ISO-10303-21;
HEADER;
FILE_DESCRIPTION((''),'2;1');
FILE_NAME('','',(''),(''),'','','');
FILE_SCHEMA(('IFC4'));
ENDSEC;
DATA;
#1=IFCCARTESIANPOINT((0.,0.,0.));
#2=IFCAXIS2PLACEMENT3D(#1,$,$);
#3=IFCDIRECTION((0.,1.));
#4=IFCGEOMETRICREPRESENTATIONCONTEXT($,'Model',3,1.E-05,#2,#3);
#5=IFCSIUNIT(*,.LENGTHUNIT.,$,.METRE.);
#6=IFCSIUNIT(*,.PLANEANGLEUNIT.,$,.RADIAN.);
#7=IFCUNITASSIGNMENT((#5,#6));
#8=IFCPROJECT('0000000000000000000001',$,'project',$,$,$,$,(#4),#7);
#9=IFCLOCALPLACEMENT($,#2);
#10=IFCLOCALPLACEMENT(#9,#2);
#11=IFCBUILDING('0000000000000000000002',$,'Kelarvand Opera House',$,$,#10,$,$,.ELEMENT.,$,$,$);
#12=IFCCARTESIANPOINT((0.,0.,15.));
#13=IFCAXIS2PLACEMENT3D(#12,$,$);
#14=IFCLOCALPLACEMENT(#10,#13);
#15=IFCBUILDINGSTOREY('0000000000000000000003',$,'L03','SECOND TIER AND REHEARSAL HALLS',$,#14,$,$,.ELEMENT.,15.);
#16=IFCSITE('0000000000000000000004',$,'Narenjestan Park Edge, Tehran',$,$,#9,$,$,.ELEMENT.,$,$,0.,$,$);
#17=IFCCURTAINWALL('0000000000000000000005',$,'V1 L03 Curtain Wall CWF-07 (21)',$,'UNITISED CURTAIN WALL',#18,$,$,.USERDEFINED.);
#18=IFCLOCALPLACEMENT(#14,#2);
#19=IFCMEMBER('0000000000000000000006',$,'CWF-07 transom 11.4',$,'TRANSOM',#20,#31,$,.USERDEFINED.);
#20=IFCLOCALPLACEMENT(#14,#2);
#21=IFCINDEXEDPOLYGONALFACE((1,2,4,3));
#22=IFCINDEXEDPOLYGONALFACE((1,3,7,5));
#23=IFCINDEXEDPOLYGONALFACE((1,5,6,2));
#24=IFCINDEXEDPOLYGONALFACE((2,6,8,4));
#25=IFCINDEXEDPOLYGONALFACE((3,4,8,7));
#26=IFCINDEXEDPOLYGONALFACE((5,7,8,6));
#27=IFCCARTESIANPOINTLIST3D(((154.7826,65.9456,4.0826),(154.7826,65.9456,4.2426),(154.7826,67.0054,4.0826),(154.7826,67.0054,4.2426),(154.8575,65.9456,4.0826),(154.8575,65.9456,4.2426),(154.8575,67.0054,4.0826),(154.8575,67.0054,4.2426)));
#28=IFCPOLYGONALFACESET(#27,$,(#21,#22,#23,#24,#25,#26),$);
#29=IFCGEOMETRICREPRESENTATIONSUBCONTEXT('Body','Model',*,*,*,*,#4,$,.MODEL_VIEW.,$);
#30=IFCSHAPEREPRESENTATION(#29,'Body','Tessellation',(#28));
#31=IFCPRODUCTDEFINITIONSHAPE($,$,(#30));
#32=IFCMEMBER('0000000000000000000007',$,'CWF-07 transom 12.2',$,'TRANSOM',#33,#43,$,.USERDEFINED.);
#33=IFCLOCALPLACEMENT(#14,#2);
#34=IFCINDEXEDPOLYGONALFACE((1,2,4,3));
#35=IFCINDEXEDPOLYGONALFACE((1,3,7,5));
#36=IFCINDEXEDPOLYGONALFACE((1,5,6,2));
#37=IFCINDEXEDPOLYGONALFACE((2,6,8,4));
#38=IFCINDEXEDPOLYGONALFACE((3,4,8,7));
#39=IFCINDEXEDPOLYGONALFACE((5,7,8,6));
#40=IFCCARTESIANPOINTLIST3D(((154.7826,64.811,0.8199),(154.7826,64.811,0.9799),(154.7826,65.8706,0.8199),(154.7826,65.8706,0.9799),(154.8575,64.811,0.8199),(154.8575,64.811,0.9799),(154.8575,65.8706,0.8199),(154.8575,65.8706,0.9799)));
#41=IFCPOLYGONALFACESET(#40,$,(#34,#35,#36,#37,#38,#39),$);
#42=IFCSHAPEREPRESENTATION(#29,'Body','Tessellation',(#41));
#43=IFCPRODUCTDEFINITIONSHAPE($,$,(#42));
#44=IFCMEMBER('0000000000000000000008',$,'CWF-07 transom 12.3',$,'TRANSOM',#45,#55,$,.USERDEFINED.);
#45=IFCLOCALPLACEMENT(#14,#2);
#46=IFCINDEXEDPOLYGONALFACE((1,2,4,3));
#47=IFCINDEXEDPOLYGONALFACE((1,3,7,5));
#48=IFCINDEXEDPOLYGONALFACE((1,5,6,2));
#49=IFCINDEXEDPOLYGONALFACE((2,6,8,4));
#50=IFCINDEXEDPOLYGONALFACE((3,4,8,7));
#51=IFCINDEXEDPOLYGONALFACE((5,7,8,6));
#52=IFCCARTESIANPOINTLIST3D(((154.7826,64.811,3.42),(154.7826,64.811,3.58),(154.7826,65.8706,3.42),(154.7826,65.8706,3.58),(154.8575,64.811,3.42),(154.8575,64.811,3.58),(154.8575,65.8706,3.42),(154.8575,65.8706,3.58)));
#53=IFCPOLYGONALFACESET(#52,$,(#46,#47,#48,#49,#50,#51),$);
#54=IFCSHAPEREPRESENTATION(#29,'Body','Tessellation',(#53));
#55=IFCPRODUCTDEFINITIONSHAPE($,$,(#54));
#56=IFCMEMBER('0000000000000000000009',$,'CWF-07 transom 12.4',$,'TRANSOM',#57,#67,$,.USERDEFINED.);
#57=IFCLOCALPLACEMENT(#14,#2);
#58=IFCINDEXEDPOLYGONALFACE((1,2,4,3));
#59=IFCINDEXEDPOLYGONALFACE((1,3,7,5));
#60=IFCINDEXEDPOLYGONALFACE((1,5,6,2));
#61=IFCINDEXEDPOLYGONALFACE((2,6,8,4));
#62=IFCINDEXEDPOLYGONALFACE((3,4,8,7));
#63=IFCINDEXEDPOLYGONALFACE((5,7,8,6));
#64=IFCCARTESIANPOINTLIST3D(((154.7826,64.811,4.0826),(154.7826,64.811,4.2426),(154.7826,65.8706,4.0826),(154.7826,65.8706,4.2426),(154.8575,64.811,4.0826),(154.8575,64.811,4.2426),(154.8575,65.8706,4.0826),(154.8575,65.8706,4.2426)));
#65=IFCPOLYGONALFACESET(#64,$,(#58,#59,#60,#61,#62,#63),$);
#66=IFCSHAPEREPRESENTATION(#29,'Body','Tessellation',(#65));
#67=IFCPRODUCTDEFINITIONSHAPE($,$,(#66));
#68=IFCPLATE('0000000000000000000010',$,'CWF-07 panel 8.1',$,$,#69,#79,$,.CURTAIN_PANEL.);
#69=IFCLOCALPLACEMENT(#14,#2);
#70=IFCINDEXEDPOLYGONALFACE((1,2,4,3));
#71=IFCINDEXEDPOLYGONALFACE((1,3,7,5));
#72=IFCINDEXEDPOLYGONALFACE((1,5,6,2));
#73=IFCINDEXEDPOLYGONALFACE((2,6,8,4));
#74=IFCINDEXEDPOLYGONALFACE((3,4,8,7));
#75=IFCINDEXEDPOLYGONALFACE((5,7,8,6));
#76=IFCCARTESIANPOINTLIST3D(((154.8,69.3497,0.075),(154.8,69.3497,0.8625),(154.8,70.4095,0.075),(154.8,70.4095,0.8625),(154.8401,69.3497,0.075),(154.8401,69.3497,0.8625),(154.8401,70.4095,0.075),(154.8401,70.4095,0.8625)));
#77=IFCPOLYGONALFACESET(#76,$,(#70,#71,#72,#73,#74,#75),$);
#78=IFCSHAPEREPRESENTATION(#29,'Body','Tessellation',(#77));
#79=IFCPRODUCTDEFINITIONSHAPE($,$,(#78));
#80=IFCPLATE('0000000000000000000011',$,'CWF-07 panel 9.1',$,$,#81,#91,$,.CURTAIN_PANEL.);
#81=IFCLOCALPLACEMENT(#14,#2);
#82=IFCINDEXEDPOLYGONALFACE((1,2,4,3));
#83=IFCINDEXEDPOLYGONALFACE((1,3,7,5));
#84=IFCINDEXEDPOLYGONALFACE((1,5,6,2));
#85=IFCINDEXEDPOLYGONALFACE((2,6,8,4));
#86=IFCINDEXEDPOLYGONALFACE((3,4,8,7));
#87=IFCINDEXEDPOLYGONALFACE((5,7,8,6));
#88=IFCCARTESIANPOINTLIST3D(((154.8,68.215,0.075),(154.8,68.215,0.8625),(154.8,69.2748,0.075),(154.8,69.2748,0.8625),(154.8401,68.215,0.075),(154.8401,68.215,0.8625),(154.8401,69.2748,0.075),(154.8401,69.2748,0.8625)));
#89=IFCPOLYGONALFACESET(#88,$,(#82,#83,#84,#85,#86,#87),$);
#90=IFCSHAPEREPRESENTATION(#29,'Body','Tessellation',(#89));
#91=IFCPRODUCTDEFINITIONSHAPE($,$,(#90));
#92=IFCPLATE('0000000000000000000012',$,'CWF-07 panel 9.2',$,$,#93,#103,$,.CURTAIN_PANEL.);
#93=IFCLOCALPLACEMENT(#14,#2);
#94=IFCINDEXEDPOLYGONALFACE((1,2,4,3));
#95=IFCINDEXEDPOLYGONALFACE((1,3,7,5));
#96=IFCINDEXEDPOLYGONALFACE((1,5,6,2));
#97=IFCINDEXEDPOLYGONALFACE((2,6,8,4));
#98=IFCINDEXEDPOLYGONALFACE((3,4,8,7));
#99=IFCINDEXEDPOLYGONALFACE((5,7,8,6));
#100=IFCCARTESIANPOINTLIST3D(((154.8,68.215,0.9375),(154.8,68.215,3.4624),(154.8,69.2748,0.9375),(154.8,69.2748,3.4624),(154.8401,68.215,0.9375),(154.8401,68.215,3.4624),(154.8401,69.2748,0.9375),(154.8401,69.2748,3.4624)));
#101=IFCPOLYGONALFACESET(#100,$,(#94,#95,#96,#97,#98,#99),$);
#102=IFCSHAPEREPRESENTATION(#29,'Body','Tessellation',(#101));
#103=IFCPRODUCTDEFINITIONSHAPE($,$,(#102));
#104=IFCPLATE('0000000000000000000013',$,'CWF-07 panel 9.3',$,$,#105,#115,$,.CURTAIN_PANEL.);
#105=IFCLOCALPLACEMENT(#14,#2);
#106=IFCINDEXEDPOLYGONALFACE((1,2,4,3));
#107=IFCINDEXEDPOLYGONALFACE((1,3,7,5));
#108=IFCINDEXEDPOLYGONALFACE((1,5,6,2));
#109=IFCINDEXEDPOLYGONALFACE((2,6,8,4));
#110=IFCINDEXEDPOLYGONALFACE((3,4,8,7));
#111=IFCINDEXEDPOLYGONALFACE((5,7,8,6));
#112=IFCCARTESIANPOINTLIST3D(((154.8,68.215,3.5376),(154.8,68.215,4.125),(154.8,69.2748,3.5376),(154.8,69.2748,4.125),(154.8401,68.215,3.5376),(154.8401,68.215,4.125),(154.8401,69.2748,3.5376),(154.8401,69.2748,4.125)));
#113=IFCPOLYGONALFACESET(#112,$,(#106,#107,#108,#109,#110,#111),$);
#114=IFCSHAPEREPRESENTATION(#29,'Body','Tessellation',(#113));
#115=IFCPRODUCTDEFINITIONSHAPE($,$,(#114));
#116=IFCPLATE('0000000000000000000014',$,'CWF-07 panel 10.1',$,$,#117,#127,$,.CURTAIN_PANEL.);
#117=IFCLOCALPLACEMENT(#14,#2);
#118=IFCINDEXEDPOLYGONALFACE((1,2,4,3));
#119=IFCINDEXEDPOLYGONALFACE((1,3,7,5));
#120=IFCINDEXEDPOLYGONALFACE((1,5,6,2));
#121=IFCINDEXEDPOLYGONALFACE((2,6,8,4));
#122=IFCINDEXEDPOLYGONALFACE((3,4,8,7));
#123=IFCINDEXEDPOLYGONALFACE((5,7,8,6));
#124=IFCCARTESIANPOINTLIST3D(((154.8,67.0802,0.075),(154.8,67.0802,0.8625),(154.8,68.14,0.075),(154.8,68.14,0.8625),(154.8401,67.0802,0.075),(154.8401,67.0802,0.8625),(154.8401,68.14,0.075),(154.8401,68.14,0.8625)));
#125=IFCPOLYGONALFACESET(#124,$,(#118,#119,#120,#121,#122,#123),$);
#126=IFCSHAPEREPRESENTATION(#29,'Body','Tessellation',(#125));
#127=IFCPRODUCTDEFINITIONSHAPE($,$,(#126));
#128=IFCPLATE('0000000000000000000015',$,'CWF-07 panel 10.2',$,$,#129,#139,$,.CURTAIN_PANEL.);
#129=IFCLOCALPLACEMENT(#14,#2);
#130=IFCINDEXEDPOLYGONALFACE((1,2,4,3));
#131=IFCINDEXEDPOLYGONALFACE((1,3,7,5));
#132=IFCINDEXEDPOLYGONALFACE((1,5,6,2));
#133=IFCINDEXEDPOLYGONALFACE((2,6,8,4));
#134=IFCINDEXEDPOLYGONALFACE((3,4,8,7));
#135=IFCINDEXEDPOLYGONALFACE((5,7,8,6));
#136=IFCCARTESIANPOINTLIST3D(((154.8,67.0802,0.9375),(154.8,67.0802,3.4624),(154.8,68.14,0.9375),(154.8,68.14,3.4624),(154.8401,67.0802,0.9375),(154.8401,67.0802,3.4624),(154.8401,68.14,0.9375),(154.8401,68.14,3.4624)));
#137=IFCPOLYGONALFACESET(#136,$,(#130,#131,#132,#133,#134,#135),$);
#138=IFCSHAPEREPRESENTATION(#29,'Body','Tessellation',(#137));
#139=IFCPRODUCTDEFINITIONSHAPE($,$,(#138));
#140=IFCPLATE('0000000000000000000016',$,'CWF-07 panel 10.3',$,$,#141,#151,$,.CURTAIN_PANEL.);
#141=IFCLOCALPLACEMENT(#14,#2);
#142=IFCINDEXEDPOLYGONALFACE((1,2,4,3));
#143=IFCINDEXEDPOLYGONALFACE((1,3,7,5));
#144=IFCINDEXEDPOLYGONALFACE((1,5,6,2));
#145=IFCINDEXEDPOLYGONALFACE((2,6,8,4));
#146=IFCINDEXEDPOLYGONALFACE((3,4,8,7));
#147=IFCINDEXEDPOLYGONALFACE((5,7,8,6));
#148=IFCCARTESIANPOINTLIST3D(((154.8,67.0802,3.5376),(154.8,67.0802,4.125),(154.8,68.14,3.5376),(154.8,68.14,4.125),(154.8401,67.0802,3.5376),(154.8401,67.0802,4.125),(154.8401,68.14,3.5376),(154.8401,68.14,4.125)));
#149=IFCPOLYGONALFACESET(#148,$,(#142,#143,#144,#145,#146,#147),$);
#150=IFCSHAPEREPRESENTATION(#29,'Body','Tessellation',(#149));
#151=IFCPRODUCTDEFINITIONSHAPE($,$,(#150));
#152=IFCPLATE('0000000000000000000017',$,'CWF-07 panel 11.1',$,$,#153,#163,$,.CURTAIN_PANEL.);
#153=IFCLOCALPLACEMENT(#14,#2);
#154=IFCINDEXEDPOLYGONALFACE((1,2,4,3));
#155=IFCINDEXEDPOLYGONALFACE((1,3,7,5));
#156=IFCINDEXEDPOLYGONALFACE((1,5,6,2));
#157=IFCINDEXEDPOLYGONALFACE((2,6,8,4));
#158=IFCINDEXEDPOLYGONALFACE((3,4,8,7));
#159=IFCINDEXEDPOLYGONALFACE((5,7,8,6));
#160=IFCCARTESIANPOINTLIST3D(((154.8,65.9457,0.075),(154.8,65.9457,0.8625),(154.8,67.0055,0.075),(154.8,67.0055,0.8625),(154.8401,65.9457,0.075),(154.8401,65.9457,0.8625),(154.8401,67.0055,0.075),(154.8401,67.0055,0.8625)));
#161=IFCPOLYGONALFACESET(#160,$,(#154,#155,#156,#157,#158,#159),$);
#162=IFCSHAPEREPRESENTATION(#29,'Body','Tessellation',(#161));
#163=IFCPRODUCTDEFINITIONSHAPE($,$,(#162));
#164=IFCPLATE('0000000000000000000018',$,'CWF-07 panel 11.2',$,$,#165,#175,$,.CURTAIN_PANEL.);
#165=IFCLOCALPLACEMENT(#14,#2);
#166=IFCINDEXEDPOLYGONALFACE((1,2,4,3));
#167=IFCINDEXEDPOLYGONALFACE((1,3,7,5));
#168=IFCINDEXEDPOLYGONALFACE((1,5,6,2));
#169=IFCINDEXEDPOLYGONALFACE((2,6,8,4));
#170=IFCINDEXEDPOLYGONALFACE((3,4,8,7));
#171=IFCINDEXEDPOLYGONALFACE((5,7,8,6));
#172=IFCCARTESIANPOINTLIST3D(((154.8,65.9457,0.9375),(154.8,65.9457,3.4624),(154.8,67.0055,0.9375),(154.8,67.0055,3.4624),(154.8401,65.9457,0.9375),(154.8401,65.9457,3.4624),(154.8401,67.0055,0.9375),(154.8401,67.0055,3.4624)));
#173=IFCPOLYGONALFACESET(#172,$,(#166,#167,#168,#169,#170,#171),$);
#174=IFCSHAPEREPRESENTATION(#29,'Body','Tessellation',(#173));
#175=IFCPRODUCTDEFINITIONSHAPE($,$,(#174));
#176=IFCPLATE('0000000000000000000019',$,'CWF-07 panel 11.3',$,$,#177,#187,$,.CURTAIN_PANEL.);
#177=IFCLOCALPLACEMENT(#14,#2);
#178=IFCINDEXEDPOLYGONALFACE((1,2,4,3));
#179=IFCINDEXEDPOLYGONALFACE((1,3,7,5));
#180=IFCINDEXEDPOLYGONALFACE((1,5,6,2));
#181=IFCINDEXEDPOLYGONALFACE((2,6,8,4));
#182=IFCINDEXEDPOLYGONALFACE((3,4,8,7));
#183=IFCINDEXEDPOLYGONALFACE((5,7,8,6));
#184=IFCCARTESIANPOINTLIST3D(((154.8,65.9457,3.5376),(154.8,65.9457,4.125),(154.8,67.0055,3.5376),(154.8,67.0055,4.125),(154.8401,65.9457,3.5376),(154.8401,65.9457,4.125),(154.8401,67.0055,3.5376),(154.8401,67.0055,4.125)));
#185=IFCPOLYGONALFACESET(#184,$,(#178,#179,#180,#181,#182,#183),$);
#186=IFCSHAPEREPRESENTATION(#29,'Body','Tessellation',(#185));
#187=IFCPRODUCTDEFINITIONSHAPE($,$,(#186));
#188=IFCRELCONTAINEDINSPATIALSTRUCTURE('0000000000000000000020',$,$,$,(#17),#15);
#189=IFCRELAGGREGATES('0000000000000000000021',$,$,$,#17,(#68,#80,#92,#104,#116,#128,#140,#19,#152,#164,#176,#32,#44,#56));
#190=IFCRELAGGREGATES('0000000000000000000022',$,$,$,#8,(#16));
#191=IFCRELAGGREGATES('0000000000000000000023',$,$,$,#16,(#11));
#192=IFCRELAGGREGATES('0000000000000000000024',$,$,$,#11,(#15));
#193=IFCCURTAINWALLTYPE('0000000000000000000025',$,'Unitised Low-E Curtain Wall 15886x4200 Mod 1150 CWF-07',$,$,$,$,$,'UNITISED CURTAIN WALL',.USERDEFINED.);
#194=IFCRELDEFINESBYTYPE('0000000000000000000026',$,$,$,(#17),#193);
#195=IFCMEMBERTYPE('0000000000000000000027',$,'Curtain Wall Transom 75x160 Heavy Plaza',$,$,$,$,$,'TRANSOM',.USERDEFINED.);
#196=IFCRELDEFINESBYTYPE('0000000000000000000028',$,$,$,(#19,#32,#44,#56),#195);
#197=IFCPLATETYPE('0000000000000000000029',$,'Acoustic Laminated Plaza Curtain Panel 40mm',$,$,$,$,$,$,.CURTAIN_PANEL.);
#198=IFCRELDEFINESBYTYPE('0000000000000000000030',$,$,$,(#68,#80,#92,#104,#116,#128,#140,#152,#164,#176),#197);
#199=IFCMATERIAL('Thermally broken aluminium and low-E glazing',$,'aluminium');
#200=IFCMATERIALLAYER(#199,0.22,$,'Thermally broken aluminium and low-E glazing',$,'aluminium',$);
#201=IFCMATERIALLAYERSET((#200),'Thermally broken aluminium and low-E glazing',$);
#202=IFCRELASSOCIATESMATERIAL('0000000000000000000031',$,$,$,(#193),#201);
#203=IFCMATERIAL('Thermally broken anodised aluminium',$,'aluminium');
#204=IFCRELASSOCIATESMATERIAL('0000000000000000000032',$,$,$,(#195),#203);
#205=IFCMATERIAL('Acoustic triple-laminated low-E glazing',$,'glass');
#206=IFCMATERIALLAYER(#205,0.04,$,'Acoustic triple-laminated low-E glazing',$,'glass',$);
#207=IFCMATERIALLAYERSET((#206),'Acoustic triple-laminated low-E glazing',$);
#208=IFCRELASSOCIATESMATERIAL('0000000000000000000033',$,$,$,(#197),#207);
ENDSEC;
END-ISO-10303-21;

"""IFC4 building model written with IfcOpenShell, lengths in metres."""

from ifc_helpers import new_model, si_unit, direction, frame, origin, origin_2d, place, context, subcontext, project, spatial, rectangle, extrude, material, layer, layer_set, material_profile, profile_set, type_object, element, aggregate, save


model = new_model("IFC4")

# Units and contexts
model_context = context("Model", 3, precision=1e-05, world=origin(), true_north=direction((0.0, 1.0)))
body_context = subcontext(model_context, "Body", "Model", "MODEL_VIEW")
ifc_project = project(units=[si_unit("LENGTHUNIT", "METRE"), si_unit("PLANEANGLEUNIT", "RADIAN")], contexts=[model_context])

# Site, building, storey
site_placement = place(None, origin())
site = spatial("IfcSite", under=ifc_project, at=site_placement, Name="Narenjestan Park Edge, Tehran", CompositionType="ELEMENT", RefElevation=0.0)
building_placement = place(site_placement, origin())
building = spatial("IfcBuilding", under=site, at=building_placement, Name="Kelarvand Opera House", CompositionType="ELEMENT")
storey_placement = place(building_placement, frame((0.0, 0.0, 15.0)))
storey = spatial("IfcBuildingStorey", under=building, at=storey_placement, Name="L03", Description="SECOND TIER AND REHEARSAL HALLS", CompositionType="ELEMENT", Elevation=15.0)

# Curtain wall, members, plates
ifc_material_1 = material(Name="Thermally broken aluminium and low-E glazing", Category="aluminium")
ifc_layer_1 = layer(ifc_material_1, 0.22, Name="Thermally broken aluminium and low-E glazing", Category="aluminium")
ifc_layer_set_1 = layer_set([ifc_layer_1], Name="Thermally broken aluminium and low-E glazing")
curtain_wall_type = type_object("IfcCurtainWallType", Name="Unitised Low-E Curtain Wall 15886x4200 Mod 1150 CWF-07", ElementType="UNITISED CURTAIN WALL", PredefinedType="USERDEFINED", material=ifc_layer_set_1)
curtain_wall_placement = place(storey_placement, origin())
curtain_wall = element("IfcCurtainWall", 1, at=curtain_wall_placement, inside=storey, type_object=curtain_wall_type, Name="V1 L03 Curtain Wall CWF-07 (21)", ObjectType="UNITISED CURTAIN WALL", PredefinedType="USERDEFINED")
ifc_material_2 = material(Name="Thermally broken anodised aluminium", Category="aluminium")
ifc_material_profile_1 = material_profile(ifc_material_2, rectangle(XDim=0.075, YDim=0.1599, at=origin_2d()), Name="ALU TRANSOM 75x160", Category="aluminium")
ifc_profile_set_1 = profile_set([ifc_material_profile_1], Name="Thermally broken anodised aluminium")
member_type_1 = type_object("IfcMemberType", Name="Curtain Wall Transom 75x160 Heavy Plaza", ElementType="TRANSOM", PredefinedType="USERDEFINED", material=ifc_profile_set_1)
member_1_placement = place(storey_placement, frame((154.8201, 67.0054, 4.1626), z_axis=(0.0, -1.0, 0.0), x_axis=(1.0, 0.0, 0.0)))
member_1 = element("IfcMember", 2, at=member_1_placement, type_object=member_type_1, Name="CWF-07 transom 11.4", ObjectType="TRANSOM", PredefinedType="USERDEFINED", context=body_context, shape_type="SweptSolid", body=[
    extrude(rectangle(XDim=0.075, YDim=0.1599, at=origin_2d()), origin(), (0.0, 0.0, 1.0), 1.0598),
])
member_2_placement = place(storey_placement, frame((154.8201, 65.8706, 0.8999), z_axis=(0.0, -1.0, 0.0), x_axis=(1.0, 0.0, 0.0)))
member_2 = element("IfcMember", 3, at=member_2_placement, type_object=member_type_1, Name="CWF-07 transom 12.2", ObjectType="TRANSOM", PredefinedType="USERDEFINED", context=body_context, shape_type="SweptSolid", body=[
    extrude(rectangle(XDim=0.075, YDim=0.1599, at=origin_2d()), origin(), (0.0, 0.0, 1.0), 1.0596),
])
member_3_placement = place(storey_placement, frame((154.8201, 65.8706, 3.5), z_axis=(0.0, -1.0, 0.0), x_axis=(1.0, 0.0, 0.0)))
member_3 = element("IfcMember", 4, at=member_3_placement, type_object=member_type_1, Name="CWF-07 transom 12.3", ObjectType="TRANSOM", PredefinedType="USERDEFINED", context=body_context, shape_type="SweptSolid", body=[
    extrude(rectangle(XDim=0.075, YDim=0.1599, at=origin_2d()), origin(), (0.0, 0.0, 1.0), 1.0596),
])
member_4_placement = place(storey_placement, frame((154.8201, 65.8706, 4.1626), z_axis=(0.0, -1.0, 0.0), x_axis=(1.0, 0.0, 0.0)))
member_4 = element("IfcMember", 5, at=member_4_placement, type_object=member_type_1, Name="CWF-07 transom 12.4", ObjectType="TRANSOM", PredefinedType="USERDEFINED", context=body_context, shape_type="SweptSolid", body=[
    extrude(rectangle(XDim=0.075, YDim=0.1599, at=origin_2d()), origin(), (0.0, 0.0, 1.0), 1.0596),
])
ifc_material_3 = material(Name="Acoustic triple-laminated low-E glazing", Category="glass")
ifc_layer_2 = layer(ifc_material_3, 0.04, Name="Acoustic triple-laminated low-E glazing", Category="glass")
ifc_layer_set_2 = layer_set([ifc_layer_2], Name="Acoustic triple-laminated low-E glazing")
plate_type = type_object("IfcPlateType", Name="Acoustic Laminated Plaza Curtain Panel 40mm", PredefinedType="CURTAIN_PANEL", material=ifc_layer_set_2)
plate_1_placement = place(storey_placement, frame((154.8201, 69.8796, 0.075), z_axis=(0.0, 0.0, 1.0), x_axis=(0.0, -1.0, 0.0)))
plate_1 = element("IfcPlate", 6, at=plate_1_placement, type_object=plate_type, Name="CWF-07 panel 8.1", PredefinedType="CURTAIN_PANEL", context=body_context, shape_type="SweptSolid", body=[
    extrude(rectangle(XDim=1.0598, YDim=0.04, at=origin_2d()), origin(), (0.0, 0.0, 1.0), 0.7876),
])
plate_2_placement = place(storey_placement, frame((154.8201, 68.7449, 0.075), z_axis=(0.0, 0.0, 1.0), x_axis=(0.0, -1.0, 0.0)))
plate_2 = element("IfcPlate", 7, at=plate_2_placement, type_object=plate_type, Name="CWF-07 panel 9.1", PredefinedType="CURTAIN_PANEL", context=body_context, shape_type="SweptSolid", body=[
    extrude(rectangle(XDim=1.0598, YDim=0.04, at=origin_2d()), origin(), (0.0, 0.0, 1.0), 0.7876),
])
plate_3_placement = place(storey_placement, frame((154.8201, 68.7449, 0.9375), z_axis=(0.0, 0.0, 1.0), x_axis=(0.0, -1.0, 0.0)))
plate_3 = element("IfcPlate", 8, at=plate_3_placement, type_object=plate_type, Name="CWF-07 panel 9.2", PredefinedType="CURTAIN_PANEL", context=body_context, shape_type="SweptSolid", body=[
    extrude(rectangle(XDim=1.0598, YDim=0.04, at=origin_2d()), origin(), (0.0, 0.0, 1.0), 2.5249),
])
plate_4_placement = place(storey_placement, frame((154.8201, 68.7449, 3.5376), z_axis=(0.0, 0.0, 1.0), x_axis=(0.0, -1.0, 0.0)))
plate_4 = element("IfcPlate", 9, at=plate_4_placement, type_object=plate_type, Name="CWF-07 panel 9.3", PredefinedType="CURTAIN_PANEL", context=body_context, shape_type="SweptSolid", body=[
    extrude(rectangle(XDim=1.0598, YDim=0.04, at=origin_2d()), origin(), (0.0, 0.0, 1.0), 0.5874),
])
plate_5_placement = place(storey_placement, frame((154.8201, 67.6101, 0.075), z_axis=(0.0, 0.0, 1.0), x_axis=(0.0, -1.0, 0.0)))
plate_5 = element("IfcPlate", 10, at=plate_5_placement, type_object=plate_type, Name="CWF-07 panel 10.1", PredefinedType="CURTAIN_PANEL", context=body_context, shape_type="SweptSolid", body=[
    extrude(rectangle(XDim=1.0598, YDim=0.04, at=origin_2d()), origin(), (0.0, 0.0, 1.0), 0.7876),
])
plate_6_placement = place(storey_placement, frame((154.8201, 67.6101, 0.9375), z_axis=(0.0, 0.0, 1.0), x_axis=(0.0, -1.0, 0.0)))
plate_6 = element("IfcPlate", 11, at=plate_6_placement, type_object=plate_type, Name="CWF-07 panel 10.2", PredefinedType="CURTAIN_PANEL", context=body_context, shape_type="SweptSolid", body=[
    extrude(rectangle(XDim=1.0598, YDim=0.04, at=origin_2d()), origin(), (0.0, 0.0, 1.0), 2.5249),
])
plate_7_placement = place(storey_placement, frame((154.8201, 67.6101, 3.5376), z_axis=(0.0, 0.0, 1.0), x_axis=(0.0, -1.0, 0.0)))
plate_7 = element("IfcPlate", 12, at=plate_7_placement, type_object=plate_type, Name="CWF-07 panel 10.3", PredefinedType="CURTAIN_PANEL", context=body_context, shape_type="SweptSolid", body=[
    extrude(rectangle(XDim=1.0598, YDim=0.04, at=origin_2d()), origin(), (0.0, 0.0, 1.0), 0.5874),
])
plate_8_placement = place(storey_placement, frame((154.8201, 66.4756, 0.075), z_axis=(0.0, 0.0, 1.0), x_axis=(0.0, -1.0, 0.0)))
plate_8 = element("IfcPlate", 13, at=plate_8_placement, type_object=plate_type, Name="CWF-07 panel 11.1", PredefinedType="CURTAIN_PANEL", context=body_context, shape_type="SweptSolid", body=[
    extrude(rectangle(XDim=1.0598, YDim=0.04, at=origin_2d()), origin(), (0.0, 0.0, 1.0), 0.7876),
])
plate_9_placement = place(storey_placement, frame((154.8201, 66.4756, 0.9375), z_axis=(0.0, 0.0, 1.0), x_axis=(0.0, -1.0, 0.0)))
plate_9 = element("IfcPlate", 14, at=plate_9_placement, type_object=plate_type, Name="CWF-07 panel 11.2", PredefinedType="CURTAIN_PANEL", context=body_context, shape_type="SweptSolid", body=[
    extrude(rectangle(XDim=1.0598, YDim=0.04, at=origin_2d()), origin(), (0.0, 0.0, 1.0), 2.5249),
])
plate_10_placement = place(storey_placement, frame((154.8201, 66.4756, 3.5376), z_axis=(0.0, 0.0, 1.0), x_axis=(0.0, -1.0, 0.0)))
plate_10 = element("IfcPlate", 15, at=plate_10_placement, type_object=plate_type, Name="CWF-07 panel 11.3", PredefinedType="CURTAIN_PANEL", context=body_context, shape_type="SweptSolid", body=[
    extrude(rectangle(XDim=1.0598, YDim=0.04, at=origin_2d()), origin(), (0.0, 0.0, 1.0), 0.5874),
])
aggregate(curtain_wall, [plate_1, plate_2, plate_3, plate_4, plate_5, plate_6, plate_7, member_1, plate_8, plate_9, plate_10, member_2, member_3, member_4])

save(model, "model.ifc")
